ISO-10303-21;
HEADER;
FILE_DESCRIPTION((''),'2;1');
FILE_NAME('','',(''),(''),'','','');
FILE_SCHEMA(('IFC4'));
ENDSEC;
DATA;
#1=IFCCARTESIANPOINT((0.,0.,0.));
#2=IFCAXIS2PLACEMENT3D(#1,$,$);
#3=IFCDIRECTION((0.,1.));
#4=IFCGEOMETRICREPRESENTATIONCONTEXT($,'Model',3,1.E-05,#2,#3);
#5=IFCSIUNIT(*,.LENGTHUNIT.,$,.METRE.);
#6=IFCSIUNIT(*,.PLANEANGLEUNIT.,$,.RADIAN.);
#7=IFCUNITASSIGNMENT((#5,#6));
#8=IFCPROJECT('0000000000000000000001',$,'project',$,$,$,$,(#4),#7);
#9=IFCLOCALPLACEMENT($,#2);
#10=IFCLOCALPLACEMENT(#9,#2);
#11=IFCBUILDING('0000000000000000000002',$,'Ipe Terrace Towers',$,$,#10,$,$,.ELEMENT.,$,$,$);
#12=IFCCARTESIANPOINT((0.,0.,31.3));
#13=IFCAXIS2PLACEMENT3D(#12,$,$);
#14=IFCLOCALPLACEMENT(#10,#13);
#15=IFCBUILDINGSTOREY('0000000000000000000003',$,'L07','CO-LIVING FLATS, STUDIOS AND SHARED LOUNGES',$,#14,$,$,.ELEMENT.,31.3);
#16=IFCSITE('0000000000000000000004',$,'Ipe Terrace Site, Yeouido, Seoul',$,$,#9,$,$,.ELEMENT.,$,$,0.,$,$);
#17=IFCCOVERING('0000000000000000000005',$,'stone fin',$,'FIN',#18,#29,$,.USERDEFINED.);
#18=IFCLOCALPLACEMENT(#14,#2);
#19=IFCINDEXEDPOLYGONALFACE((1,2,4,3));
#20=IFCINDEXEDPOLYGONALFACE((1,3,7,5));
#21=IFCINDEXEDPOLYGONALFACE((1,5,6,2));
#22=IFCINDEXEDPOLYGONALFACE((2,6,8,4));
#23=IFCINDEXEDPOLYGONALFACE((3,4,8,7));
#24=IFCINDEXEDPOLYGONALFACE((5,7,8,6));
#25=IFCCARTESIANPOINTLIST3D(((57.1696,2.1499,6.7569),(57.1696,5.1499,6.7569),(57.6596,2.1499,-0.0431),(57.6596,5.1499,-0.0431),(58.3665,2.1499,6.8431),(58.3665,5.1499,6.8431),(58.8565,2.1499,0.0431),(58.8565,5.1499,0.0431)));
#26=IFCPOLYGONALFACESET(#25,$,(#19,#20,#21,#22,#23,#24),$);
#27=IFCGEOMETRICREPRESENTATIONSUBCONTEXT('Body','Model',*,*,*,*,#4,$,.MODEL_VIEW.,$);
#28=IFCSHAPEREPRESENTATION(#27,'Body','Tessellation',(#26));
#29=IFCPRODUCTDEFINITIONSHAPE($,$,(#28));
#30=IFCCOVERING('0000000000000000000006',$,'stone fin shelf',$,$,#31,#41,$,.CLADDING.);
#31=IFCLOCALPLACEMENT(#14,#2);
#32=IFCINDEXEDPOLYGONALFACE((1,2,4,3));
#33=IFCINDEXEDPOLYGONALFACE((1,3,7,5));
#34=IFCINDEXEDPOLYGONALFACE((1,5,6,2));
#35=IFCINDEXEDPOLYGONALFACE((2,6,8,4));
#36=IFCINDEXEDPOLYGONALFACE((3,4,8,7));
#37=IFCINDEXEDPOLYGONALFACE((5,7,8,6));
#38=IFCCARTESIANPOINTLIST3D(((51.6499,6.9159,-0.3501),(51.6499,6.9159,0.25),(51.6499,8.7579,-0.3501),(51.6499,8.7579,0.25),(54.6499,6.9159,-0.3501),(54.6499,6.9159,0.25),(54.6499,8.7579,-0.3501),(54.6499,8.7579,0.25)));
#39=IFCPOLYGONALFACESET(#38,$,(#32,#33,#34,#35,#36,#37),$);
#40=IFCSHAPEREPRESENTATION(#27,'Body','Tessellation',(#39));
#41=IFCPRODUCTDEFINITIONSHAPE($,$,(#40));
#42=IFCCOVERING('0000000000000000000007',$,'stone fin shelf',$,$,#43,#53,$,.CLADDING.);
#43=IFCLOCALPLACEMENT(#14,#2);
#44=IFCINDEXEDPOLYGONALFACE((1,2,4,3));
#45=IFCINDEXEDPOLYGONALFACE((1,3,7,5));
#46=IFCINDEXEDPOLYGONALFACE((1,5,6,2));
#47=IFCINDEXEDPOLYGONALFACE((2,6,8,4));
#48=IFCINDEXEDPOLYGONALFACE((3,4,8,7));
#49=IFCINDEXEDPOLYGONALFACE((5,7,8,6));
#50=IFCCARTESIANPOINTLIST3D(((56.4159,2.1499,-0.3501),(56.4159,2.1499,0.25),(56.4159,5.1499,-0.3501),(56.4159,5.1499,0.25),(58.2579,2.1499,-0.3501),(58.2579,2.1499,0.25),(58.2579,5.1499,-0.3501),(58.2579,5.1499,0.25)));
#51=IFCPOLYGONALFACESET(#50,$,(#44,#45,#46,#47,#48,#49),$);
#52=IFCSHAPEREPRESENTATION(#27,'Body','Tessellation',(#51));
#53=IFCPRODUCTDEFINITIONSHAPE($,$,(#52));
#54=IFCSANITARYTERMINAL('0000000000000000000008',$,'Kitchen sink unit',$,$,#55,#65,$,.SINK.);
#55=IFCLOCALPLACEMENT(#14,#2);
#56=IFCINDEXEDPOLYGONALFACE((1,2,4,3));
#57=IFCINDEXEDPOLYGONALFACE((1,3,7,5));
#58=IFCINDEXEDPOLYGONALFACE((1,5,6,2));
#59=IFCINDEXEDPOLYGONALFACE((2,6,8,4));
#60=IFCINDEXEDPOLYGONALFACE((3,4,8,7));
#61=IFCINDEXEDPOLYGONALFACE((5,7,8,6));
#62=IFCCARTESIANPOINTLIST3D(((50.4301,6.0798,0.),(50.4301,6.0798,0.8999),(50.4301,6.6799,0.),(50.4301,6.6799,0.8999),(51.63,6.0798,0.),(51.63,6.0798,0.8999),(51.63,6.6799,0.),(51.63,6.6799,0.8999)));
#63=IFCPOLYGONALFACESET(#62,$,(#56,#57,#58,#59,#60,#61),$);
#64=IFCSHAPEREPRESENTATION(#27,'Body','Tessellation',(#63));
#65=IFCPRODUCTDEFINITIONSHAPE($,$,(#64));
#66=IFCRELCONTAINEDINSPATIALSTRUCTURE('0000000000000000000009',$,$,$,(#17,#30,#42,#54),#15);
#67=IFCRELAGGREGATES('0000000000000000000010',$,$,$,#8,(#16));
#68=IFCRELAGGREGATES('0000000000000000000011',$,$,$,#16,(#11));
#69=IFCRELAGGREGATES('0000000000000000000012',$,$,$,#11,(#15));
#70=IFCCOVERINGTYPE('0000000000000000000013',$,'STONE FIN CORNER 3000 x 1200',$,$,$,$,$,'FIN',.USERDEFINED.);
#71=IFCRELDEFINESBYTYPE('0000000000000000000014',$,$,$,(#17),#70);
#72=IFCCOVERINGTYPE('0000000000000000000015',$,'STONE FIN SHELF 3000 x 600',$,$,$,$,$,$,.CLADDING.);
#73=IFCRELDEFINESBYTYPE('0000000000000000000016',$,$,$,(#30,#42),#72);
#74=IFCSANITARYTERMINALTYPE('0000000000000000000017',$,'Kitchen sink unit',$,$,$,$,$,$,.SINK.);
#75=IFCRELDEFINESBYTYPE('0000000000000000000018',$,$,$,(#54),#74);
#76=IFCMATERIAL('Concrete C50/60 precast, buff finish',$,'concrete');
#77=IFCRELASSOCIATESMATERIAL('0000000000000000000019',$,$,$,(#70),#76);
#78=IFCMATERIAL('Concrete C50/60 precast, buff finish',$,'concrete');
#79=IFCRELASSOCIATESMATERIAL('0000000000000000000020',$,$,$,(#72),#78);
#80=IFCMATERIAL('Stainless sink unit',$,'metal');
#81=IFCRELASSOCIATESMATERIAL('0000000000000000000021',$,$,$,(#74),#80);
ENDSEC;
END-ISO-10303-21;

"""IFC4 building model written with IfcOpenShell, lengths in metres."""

from ifc_helpers import new_model, si_unit, direction, frame, origin, origin_2d, place, context, subcontext, project, spatial, rectangle, extrude, material, material_profile, profile_set, type_object, element, save


model = new_model("IFC4")

# Units and contexts
model_context = context("Model", 3, precision=1e-05, world=origin(), true_north=direction((0.0, 1.0)))
body_context = subcontext(model_context, "Body", "Model", "MODEL_VIEW")
ifc_project = project(units=[si_unit("LENGTHUNIT", "METRE"), si_unit("PLANEANGLEUNIT", "RADIAN")], contexts=[model_context])

# Site, building, storey
site_placement = place(None, origin())
site = spatial("IfcSite", under=ifc_project, at=site_placement, Name="Ipe Terrace Site, Yeouido, Seoul", CompositionType="ELEMENT", RefElevation=0.0)
building_placement = place(site_placement, origin())
building = spatial("IfcBuilding", under=site, at=building_placement, Name="Ipe Terrace Towers", CompositionType="ELEMENT")
storey_placement = place(building_placement, frame((0.0, 0.0, 31.3)))
storey = spatial("IfcBuildingStorey", under=building, at=storey_placement, Name="L07", Description="CO-LIVING FLATS, STUDIOS AND SHARED LOUNGES", CompositionType="ELEMENT", Elevation=31.3)

# Coverings
ifc_material_1 = material(Name="Concrete C50/60 precast, buff finish", Category="concrete")
ifc_material_profile_1 = material_profile(ifc_material_1, rectangle(XDim=3.0, YDim=1.2, at=origin_2d()), Name="STONE FIN CORNER 3000 x 1200")
ifc_profile_set_1 = profile_set([ifc_material_profile_1], Name="Concrete C50/60 precast, buff finish")
covering_type_1 = type_object("IfcCoveringType", Name="STONE FIN CORNER 3000 x 1200", ElementType="FIN", PredefinedType="USERDEFINED", material=ifc_profile_set_1)
for number, where, z_axis, x_axis, name in (
    (1, (58.2581, 3.6499, 0.0), (-0.071871, 0.0, 0.997414), (0.0, 1.0, 0.0), "stone fin"),
):
    element("IfcCovering", number, at=place(storey_placement, frame(where, z_axis=z_axis, x_axis=x_axis)), inside=storey, type_object=covering_type_1, Name=name, ObjectType="FIN", PredefinedType="USERDEFINED", context=body_context, shape_type="SweptSolid", body=[
        extrude(rectangle(XDim=3.0, YDim=1.2, at=origin_2d()), origin(), (0.0, 0.0, 1.0), 6.8176),
    ])
ifc_material_2 = material(Name="Concrete C50/60 precast, buff finish", Category="concrete")
covering_type_2 = type_object("IfcCoveringType", Name="STONE FIN SHELF 3000 x 600", PredefinedType="CLADDING", material=ifc_material_2)
for number, where, z_axis, x_axis, name in (
    (2, (53.1499, 7.8369, -0.3501), (0.0, 0.0, 1.0), (-1.0, 0.0, 0.0), "stone fin shelf"),
    (3, (57.3369, 3.6499, -0.3501), (0.0, 0.0, 1.0), (0.0, 1.0, 0.0), "stone fin shelf"),
):
    element("IfcCovering", number, at=place(storey_placement, frame(where, z_axis=z_axis, x_axis=x_axis)), inside=storey, type_object=covering_type_2, Name=name, PredefinedType="CLADDING", context=body_context, shape_type="SweptSolid", body=[
        extrude(rectangle(XDim=3.0, YDim=1.842, at=origin_2d()), origin(), (0.0, 0.0, 1.0), 0.6001),
    ])

# Sanitary terminal
ifc_material_3 = material(Name="Stainless sink unit", Category="metal")
sanitary_terminal_type = type_object("IfcSanitaryTerminalType", Name="Kitchen sink unit", PredefinedType="SINK", material=ifc_material_3)
sanitary_terminal_placement = place(storey_placement, frame((51.03, 6.3799, 0.0), z_axis=(0.0, 0.0, 1.0), x_axis=(1.0, 0.0, 0.0)))
element("IfcSanitaryTerminal", 4, at=sanitary_terminal_placement, inside=storey, type_object=sanitary_terminal_type, Name="Kitchen sink unit", PredefinedType="SINK", context=body_context, shape_type="SweptSolid", body=[
    extrude(rectangle(XDim=1.2, YDim=0.6001, at=origin_2d()), origin(), (0.0, 0.0, 1.0), 0.8999),
])

save(model, "model.ifc")
